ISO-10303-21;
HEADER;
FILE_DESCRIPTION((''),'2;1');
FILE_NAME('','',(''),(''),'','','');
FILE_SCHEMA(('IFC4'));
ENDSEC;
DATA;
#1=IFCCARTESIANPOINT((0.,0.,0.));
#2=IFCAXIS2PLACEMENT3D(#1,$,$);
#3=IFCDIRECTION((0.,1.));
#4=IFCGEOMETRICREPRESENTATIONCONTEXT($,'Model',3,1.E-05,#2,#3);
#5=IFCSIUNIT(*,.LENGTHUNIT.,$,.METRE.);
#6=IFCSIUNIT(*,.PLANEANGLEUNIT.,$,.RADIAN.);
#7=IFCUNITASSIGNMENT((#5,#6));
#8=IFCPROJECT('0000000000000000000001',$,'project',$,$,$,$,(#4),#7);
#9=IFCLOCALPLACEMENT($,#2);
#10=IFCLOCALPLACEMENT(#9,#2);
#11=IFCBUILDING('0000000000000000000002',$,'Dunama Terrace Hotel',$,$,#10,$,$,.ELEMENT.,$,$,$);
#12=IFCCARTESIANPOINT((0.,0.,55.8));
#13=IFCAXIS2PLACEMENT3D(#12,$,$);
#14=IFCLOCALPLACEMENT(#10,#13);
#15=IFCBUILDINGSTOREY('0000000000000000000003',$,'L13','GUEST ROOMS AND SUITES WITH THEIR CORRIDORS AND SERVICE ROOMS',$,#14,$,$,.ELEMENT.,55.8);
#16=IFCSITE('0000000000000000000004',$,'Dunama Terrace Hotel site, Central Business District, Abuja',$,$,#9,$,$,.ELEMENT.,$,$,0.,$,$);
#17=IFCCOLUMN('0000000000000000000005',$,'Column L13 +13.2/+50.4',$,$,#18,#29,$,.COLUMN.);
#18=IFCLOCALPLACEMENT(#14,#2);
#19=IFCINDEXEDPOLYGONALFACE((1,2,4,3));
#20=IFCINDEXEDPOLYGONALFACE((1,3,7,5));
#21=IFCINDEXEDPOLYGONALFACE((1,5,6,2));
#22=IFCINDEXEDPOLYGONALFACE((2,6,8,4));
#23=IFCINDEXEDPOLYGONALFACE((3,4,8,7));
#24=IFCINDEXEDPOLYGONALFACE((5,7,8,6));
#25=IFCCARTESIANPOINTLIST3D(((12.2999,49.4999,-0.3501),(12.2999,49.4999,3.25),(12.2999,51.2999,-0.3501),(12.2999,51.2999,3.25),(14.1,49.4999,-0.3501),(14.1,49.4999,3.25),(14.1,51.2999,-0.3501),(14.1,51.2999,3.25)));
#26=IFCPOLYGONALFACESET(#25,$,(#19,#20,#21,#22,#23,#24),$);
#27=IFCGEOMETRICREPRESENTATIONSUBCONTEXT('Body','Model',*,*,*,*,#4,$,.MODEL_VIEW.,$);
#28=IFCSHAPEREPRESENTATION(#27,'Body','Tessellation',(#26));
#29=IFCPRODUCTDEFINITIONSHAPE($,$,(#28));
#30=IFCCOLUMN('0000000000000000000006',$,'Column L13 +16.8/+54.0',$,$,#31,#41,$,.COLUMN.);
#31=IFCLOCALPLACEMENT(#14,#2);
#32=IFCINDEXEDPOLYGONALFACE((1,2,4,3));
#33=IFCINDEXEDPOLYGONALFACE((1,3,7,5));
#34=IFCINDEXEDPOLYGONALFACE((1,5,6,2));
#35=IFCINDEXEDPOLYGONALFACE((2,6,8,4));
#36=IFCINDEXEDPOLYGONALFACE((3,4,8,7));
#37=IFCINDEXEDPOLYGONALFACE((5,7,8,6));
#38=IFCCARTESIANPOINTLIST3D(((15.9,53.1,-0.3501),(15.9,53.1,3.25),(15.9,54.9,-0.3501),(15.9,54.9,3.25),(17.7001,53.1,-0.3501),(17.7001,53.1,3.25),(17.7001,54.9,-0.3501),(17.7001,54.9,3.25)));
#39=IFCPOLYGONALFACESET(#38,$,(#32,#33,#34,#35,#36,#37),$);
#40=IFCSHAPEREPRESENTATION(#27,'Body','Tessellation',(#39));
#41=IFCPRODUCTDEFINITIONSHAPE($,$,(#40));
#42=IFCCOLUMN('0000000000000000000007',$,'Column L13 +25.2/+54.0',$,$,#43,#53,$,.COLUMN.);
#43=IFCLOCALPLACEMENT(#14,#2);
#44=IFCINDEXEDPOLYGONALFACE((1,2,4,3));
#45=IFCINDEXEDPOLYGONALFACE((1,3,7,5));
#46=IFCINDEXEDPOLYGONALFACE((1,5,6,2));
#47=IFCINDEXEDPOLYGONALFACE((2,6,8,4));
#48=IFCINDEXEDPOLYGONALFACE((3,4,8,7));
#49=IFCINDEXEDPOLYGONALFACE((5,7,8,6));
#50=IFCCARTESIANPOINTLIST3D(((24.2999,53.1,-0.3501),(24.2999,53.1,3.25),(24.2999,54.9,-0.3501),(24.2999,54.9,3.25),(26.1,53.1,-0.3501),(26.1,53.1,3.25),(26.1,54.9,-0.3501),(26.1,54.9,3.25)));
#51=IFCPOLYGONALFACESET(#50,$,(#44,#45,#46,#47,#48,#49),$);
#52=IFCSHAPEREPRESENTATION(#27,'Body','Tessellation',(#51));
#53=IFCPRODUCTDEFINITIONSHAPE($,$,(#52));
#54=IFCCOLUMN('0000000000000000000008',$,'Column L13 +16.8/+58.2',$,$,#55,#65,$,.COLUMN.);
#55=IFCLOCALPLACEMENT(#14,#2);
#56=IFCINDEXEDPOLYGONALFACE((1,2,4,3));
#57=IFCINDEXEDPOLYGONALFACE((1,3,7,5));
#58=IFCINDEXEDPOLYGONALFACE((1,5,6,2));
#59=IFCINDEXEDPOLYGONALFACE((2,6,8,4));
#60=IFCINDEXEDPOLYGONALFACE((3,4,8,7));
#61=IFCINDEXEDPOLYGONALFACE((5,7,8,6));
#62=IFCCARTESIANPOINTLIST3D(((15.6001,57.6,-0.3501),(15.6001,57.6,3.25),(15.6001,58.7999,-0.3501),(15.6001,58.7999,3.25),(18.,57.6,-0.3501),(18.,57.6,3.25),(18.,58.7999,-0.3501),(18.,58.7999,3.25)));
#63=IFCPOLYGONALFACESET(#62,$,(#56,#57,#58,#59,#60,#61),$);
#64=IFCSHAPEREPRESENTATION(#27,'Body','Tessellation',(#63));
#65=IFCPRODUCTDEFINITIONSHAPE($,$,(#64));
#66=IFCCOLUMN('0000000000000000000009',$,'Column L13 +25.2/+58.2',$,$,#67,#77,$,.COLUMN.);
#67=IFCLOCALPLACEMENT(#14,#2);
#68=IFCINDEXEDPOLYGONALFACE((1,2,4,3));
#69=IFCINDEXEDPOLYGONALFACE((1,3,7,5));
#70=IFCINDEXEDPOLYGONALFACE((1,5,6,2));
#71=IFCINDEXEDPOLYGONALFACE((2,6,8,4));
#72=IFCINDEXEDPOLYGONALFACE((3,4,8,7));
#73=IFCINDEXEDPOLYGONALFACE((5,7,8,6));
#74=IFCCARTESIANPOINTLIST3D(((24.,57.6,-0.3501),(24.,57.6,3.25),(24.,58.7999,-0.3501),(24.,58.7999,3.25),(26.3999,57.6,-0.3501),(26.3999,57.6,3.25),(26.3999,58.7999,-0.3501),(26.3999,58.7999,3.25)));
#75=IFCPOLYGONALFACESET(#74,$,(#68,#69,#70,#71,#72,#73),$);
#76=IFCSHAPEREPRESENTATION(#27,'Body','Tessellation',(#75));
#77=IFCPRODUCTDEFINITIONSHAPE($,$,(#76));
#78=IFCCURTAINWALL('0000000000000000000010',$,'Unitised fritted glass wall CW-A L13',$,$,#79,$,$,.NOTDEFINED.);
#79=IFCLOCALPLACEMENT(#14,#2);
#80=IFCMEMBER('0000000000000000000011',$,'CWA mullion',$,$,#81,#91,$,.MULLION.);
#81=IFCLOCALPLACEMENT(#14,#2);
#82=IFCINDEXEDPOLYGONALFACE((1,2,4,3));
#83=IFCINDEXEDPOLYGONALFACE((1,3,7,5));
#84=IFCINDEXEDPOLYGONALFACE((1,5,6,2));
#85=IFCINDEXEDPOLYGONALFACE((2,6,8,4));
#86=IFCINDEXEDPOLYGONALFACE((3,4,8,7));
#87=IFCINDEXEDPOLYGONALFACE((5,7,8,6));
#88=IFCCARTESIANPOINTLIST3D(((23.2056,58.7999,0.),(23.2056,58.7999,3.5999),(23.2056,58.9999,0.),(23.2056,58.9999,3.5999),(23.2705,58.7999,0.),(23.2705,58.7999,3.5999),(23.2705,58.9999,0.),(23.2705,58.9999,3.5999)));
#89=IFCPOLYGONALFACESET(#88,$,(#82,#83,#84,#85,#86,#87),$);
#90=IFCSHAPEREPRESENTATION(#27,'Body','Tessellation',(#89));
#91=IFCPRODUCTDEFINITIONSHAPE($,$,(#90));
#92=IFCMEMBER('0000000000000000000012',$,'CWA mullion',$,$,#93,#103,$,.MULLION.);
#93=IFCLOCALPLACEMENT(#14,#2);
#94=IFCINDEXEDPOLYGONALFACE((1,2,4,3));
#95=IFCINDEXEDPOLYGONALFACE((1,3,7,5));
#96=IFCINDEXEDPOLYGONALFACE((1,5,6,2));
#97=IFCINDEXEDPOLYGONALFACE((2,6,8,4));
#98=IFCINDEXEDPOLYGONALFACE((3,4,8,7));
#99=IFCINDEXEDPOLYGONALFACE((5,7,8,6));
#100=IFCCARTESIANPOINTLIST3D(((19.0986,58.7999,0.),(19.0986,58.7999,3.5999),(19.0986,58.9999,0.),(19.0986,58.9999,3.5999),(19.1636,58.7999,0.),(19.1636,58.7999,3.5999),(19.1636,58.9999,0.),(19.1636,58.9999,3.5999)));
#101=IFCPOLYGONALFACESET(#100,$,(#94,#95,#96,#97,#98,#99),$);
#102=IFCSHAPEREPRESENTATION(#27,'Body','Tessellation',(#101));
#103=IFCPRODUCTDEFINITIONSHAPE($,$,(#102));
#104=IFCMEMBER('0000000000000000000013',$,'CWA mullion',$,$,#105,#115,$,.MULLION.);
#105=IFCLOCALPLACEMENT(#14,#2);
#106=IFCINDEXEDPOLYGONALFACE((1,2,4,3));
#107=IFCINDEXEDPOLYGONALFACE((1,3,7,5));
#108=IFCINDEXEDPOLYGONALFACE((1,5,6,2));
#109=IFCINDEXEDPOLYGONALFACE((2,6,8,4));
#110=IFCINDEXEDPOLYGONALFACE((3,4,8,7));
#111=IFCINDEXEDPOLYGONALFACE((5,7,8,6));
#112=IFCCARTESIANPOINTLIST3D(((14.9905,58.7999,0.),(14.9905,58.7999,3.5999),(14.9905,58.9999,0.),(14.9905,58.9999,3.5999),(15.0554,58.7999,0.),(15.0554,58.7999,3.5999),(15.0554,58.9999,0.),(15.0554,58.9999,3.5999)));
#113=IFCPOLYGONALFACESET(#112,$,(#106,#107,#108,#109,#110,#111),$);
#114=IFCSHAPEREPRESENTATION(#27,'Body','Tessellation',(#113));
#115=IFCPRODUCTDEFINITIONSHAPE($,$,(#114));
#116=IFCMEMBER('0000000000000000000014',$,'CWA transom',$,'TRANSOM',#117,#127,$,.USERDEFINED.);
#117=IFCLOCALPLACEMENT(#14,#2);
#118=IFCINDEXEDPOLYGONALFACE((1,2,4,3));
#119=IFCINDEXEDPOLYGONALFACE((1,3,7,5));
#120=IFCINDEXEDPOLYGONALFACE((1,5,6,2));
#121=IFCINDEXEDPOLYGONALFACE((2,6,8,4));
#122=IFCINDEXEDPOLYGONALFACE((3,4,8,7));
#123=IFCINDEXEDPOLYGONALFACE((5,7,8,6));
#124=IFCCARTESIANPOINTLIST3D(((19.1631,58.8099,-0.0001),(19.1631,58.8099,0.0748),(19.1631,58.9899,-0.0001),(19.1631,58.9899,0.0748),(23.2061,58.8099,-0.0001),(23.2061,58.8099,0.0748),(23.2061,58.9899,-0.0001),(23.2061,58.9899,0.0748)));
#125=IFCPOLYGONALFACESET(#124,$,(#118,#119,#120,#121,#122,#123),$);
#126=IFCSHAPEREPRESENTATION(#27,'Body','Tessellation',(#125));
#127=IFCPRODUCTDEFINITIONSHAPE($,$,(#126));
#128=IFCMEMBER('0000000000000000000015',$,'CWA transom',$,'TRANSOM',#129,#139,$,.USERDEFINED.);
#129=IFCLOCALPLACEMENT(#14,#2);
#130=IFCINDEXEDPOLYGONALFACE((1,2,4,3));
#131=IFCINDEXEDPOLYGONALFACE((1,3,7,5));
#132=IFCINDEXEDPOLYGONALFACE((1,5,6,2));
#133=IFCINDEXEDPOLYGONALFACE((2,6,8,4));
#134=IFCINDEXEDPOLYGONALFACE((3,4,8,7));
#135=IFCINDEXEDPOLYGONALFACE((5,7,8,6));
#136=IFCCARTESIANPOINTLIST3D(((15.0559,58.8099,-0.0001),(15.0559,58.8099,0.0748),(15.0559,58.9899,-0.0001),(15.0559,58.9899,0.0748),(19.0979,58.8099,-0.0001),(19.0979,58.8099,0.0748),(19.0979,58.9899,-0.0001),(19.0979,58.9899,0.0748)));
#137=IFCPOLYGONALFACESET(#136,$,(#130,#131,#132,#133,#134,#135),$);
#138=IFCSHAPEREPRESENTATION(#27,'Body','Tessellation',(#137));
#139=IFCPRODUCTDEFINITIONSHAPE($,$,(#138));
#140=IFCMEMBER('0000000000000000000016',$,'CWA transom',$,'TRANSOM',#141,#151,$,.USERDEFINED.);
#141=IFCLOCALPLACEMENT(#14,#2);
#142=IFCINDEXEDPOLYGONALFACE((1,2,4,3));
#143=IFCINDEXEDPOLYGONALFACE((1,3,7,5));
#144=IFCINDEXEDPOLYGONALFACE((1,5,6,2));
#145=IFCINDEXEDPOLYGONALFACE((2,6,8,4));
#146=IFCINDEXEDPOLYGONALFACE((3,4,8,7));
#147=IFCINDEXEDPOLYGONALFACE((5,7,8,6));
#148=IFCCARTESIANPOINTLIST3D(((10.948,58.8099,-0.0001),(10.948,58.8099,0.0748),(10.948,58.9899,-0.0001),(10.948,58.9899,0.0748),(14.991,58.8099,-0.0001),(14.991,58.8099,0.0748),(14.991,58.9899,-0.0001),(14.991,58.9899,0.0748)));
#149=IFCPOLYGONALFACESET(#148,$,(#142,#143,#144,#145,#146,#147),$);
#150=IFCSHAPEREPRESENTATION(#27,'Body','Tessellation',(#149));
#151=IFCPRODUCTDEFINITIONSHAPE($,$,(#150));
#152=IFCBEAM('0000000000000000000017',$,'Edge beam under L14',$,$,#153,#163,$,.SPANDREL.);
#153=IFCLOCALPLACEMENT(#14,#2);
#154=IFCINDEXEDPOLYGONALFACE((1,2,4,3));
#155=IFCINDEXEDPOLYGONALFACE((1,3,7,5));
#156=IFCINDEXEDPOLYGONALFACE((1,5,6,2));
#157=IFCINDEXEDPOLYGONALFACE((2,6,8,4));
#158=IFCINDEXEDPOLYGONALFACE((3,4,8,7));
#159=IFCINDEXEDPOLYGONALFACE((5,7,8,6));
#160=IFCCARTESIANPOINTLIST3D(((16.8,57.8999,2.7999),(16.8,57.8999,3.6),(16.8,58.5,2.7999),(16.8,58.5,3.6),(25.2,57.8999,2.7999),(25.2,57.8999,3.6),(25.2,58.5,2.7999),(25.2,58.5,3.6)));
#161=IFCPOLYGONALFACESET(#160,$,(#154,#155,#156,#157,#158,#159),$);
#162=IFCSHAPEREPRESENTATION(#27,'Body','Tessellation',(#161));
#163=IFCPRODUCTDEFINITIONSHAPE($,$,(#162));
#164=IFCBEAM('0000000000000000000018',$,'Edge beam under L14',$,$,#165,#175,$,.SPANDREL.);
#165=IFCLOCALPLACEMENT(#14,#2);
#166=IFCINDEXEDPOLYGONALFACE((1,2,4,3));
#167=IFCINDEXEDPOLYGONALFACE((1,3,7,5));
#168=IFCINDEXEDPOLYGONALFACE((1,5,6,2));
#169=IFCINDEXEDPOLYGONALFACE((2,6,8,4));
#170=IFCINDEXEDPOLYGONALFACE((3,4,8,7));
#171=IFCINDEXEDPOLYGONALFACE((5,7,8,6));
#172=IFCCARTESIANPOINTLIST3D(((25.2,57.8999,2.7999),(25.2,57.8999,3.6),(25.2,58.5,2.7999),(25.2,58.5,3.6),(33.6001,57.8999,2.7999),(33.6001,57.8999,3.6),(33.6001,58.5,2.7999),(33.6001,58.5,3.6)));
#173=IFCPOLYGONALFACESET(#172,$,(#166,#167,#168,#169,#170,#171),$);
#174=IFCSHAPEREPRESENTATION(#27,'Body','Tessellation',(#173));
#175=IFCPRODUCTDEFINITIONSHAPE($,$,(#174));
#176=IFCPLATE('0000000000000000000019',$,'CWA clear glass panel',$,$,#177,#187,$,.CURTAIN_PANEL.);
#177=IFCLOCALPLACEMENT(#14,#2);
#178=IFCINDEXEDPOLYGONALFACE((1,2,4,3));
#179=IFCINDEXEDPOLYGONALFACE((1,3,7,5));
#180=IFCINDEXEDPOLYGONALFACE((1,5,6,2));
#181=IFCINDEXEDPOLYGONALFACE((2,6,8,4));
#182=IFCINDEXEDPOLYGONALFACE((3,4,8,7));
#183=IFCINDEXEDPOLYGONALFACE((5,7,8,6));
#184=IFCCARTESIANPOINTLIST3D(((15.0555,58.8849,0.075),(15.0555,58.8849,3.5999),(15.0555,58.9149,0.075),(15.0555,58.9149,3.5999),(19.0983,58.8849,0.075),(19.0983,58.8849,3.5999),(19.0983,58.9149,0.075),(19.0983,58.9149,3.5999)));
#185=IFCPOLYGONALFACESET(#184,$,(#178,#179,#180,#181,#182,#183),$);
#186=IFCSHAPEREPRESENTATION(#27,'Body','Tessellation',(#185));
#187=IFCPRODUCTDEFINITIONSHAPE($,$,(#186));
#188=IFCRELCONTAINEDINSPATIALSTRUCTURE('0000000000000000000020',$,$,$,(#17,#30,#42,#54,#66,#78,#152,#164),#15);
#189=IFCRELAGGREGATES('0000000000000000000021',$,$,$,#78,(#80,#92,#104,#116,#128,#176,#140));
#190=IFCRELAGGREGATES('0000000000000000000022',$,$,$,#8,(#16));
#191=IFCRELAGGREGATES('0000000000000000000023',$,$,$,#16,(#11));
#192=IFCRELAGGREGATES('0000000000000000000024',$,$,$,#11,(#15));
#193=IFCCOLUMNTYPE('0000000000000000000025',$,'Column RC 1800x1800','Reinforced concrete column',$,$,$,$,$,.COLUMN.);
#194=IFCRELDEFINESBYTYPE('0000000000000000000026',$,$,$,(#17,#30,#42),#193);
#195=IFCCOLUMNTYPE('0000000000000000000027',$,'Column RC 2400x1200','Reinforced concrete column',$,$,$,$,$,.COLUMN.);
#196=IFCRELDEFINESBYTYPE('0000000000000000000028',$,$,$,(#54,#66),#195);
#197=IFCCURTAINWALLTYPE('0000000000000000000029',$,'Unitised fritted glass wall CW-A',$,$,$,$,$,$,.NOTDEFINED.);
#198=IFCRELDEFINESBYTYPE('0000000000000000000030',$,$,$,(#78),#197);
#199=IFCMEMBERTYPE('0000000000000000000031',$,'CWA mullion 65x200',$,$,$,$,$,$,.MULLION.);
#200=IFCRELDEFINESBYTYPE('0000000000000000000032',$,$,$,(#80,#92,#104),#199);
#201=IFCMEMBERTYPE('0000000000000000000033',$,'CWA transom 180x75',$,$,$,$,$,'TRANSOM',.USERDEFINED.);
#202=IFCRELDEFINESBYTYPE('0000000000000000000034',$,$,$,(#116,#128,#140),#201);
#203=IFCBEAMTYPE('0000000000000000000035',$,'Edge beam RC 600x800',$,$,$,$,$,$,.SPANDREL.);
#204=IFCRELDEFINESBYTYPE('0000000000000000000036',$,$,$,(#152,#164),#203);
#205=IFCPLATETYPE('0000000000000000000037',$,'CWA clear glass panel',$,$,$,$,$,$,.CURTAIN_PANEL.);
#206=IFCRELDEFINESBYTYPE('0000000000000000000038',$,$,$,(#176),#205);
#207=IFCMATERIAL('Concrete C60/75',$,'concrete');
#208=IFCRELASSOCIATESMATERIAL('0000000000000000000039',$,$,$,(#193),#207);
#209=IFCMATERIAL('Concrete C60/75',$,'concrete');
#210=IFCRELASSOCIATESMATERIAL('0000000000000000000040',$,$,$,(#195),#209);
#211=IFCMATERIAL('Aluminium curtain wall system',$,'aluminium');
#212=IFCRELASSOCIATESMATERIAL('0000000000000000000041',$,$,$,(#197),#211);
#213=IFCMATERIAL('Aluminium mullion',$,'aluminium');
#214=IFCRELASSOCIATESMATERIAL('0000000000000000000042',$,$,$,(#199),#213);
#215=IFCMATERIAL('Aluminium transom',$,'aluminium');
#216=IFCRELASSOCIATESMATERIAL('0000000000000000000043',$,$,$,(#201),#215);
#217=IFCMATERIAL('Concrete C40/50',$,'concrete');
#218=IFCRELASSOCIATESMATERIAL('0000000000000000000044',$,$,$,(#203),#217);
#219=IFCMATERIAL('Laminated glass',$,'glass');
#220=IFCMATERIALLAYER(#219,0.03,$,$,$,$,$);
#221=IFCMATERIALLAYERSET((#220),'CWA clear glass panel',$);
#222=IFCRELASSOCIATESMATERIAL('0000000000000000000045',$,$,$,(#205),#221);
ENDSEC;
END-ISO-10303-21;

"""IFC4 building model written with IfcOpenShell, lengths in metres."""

from ifc_helpers import new_model, si_unit, direction, frame, origin, origin_2d, place, context, subcontext, project, spatial, rectangle, extrude, material, layer, layer_set, material_profile, profile_set, type_object, element, aggregate, save


model = new_model("IFC4")

# Units and contexts
model_context = context("Model", 3, precision=1e-05, world=origin(), true_north=direction((0.0, 1.0)))
body_context = subcontext(model_context, "Body", "Model", "MODEL_VIEW")
ifc_project = project(units=[si_unit("LENGTHUNIT", "METRE"), si_unit("PLANEANGLEUNIT", "RADIAN")], contexts=[model_context])

# Site, building, storey
site_placement = place(None, origin())
site = spatial("IfcSite", under=ifc_project, at=site_placement, Name="Dunama Terrace Hotel site, Central Business District, Abuja", CompositionType="ELEMENT", RefElevation=0.0)
building_placement = place(site_placement, origin())
building = spatial("IfcBuilding", under=site, at=building_placement, Name="Dunama Terrace Hotel", CompositionType="ELEMENT")
storey_placement = place(building_placement, frame((0.0, 0.0, 55.8)))
storey = spatial("IfcBuildingStorey", under=building, at=storey_placement, Name="L13", Description="GUEST ROOMS AND SUITES WITH THEIR CORRIDORS AND SERVICE ROOMS", CompositionType="ELEMENT", Elevation=55.8)

# Columns
ifc_material_1 = material(Name="Concrete C60/75", Category="concrete")
ifc_material_profile_1 = material_profile(ifc_material_1, rectangle(XDim=1.8, YDim=1.8, at=origin_2d()), Name="RC 1800x1800")
ifc_profile_set_1 = profile_set([ifc_material_profile_1], Name="Concrete C60/75")
column_type_1 = type_object("IfcColumnType", Name="Column RC 1800x1800", Description="Reinforced concrete column", PredefinedType="COLUMN", material=ifc_profile_set_1)
for number, where, z_axis, x_axis, name in (
    (1, (13.2, 50.3999, -0.3501), (0.0, 0.0, 1.0), (1.0, 0.0, 0.0), "Column L13 +13.2/+50.4"),
    (2, (16.8, 54.0, -0.3501), (0.0, 0.0, 1.0), (1.0, 0.0, 0.0), "Column L13 +16.8/+54.0"),
    (3, (25.2, 54.0, -0.3501), (0.0, 0.0, 1.0), (1.0, 0.0, 0.0), "Column L13 +25.2/+54.0"),
):
    element("IfcColumn", number, at=place(storey_placement, frame(where, z_axis=z_axis, x_axis=x_axis)), inside=storey, type_object=column_type_1, Name=name, PredefinedType="COLUMN", context=body_context, shape_type="SweptSolid", body=[
        extrude(rectangle(XDim=1.8, YDim=1.8, at=origin_2d()), origin(), (0.0, 0.0, 1.0), 3.6001),
    ])
ifc_material_2 = material(Name="Concrete C60/75", Category="concrete")
ifc_material_profile_2 = material_profile(ifc_material_2, rectangle(XDim=2.3999, YDim=1.2, at=origin_2d()), Name="RC 2400x1200")
ifc_profile_set_2 = profile_set([ifc_material_profile_2], Name="Concrete C60/75")
column_type_2 = type_object("IfcColumnType", Name="Column RC 2400x1200", Description="Reinforced concrete column", PredefinedType="COLUMN", material=ifc_profile_set_2)
for number, where, z_axis, x_axis, name in (
    (4, (16.8, 58.2, -0.3501), (0.0, 0.0, 1.0), (1.0, 0.0, 0.0), "Column L13 +16.8/+58.2"),
    (5, (25.2, 58.2, -0.3501), (0.0, 0.0, 1.0), (1.0, 0.0, 0.0), "Column L13 +25.2/+58.2"),
):
    element("IfcColumn", number, at=place(storey_placement, frame(where, z_axis=z_axis, x_axis=x_axis)), inside=storey, type_object=column_type_2, Name=name, PredefinedType="COLUMN", context=body_context, shape_type="SweptSolid", body=[
        extrude(rectangle(XDim=2.3999, YDim=1.2, at=origin_2d()), origin(), (0.0, 0.0, 1.0), 3.6001),
    ])

# Curtain wall, members
ifc_material_3 = material(Name="Aluminium curtain wall system", Category="aluminium")
curtain_wall_type = type_object("IfcCurtainWallType", Name="Unitised fritted glass wall CW-A", PredefinedType="NOTDEFINED", material=ifc_material_3)
curtain_wall_placement = place(storey_placement, origin())
curtain_wall = element("IfcCurtainWall", 6, at=curtain_wall_placement, inside=storey, type_object=curtain_wall_type, Name="Unitised fritted glass wall CW-A L13", PredefinedType="NOTDEFINED")
ifc_material_4 = material(Name="Aluminium mullion", Category="aluminium")
ifc_material_profile_3 = material_profile(ifc_material_4, rectangle(XDim=0.0649, YDim=0.2, at=origin_2d()), Name="CWA MULLION 65X200")
ifc_profile_set_3 = profile_set([ifc_material_profile_3], Name="Aluminium mullion")
member_type_1 = type_object("IfcMemberType", Name="CWA mullion 65x200", PredefinedType="MULLION", material=ifc_profile_set_3)
member_1_placement = place(storey_placement, frame((23.238, 58.8999, 0.0), z_axis=(0.0, 0.0, 1.0), x_axis=(-1.0, 0.0, 0.0)))
member_1 = element("IfcMember", 7, at=member_1_placement, type_object=member_type_1, Name="CWA mullion", PredefinedType="MULLION", context=body_context, shape_type="SweptSolid", body=[
    extrude(rectangle(XDim=0.0649, YDim=0.2, at=origin_2d()), origin(), (0.0, 0.0, 1.0), 3.5999),
])
member_2_placement = place(storey_placement, frame((19.1311, 58.8999, 0.0), z_axis=(0.0, 0.0, 1.0), x_axis=(-1.0, 0.0, 0.0)))
member_2 = element("IfcMember", 8, at=member_2_placement, type_object=member_type_1, Name="CWA mullion", PredefinedType="MULLION", context=body_context, shape_type="SweptSolid", body=[
    extrude(rectangle(XDim=0.0649, YDim=0.2, at=origin_2d()), origin(), (0.0, 0.0, 1.0), 3.5999),
])
member_3_placement = place(storey_placement, frame((15.0229, 58.8999, 0.0), z_axis=(0.0, 0.0, 1.0), x_axis=(-1.0, 0.0, 0.0)))
member_3 = element("IfcMember", 9, at=member_3_placement, type_object=member_type_1, Name="CWA mullion", PredefinedType="MULLION", context=body_context, shape_type="SweptSolid", body=[
    extrude(rectangle(XDim=0.0649, YDim=0.2, at=origin_2d()), origin(), (0.0, 0.0, 1.0), 3.5999),
])
ifc_material_5 = material(Name="Aluminium transom", Category="aluminium")
ifc_material_profile_4 = material_profile(ifc_material_5, rectangle(XDim=0.1799, YDim=0.075, at=origin_2d()), Name="CWA TRANSOM 180X75")
ifc_profile_set_4 = profile_set([ifc_material_profile_4], Name="Aluminium transom")
member_type_2 = type_object("IfcMemberType", Name="CWA transom 180x75", ElementType="TRANSOM", PredefinedType="USERDEFINED", material=ifc_profile_set_4)
member_4_placement = place(storey_placement, frame((23.2061, 58.8999, 0.0374), z_axis=(-1.0, 0.0, 0.0), x_axis=(0.0, -1.0, 0.0)))
member_4 = element("IfcMember", 10, at=member_4_placement, type_object=member_type_2, Name="CWA transom", ObjectType="TRANSOM", PredefinedType="USERDEFINED", context=body_context, shape_type="SweptSolid", body=[
    extrude(rectangle(XDim=0.1799, YDim=0.075, at=origin_2d()), origin(), (0.0, 0.0, 1.0), 4.043),
])
member_5_placement = place(storey_placement, frame((19.0979, 58.8999, 0.0374), z_axis=(-1.0, 0.0, 0.0), x_axis=(0.0, -1.0, 0.0)))
member_5 = element("IfcMember", 11, at=member_5_placement, type_object=member_type_2, Name="CWA transom", ObjectType="TRANSOM", PredefinedType="USERDEFINED", context=body_context, shape_type="SweptSolid", body=[
    extrude(rectangle(XDim=0.1799, YDim=0.075, at=origin_2d()), origin(), (0.0, 0.0, 1.0), 4.042),
])
member_6_placement = place(storey_placement, frame((14.991, 58.8999, 0.0374), z_axis=(-1.0, 0.0, 0.0), x_axis=(0.0, -1.0, 0.0)))
member_6 = element("IfcMember", 12, at=member_6_placement, type_object=member_type_2, Name="CWA transom", ObjectType="TRANSOM", PredefinedType="USERDEFINED", context=body_context, shape_type="SweptSolid", body=[
    extrude(rectangle(XDim=0.1799, YDim=0.075, at=origin_2d()), origin(), (0.0, 0.0, 1.0), 4.043),
])

# Beams
ifc_material_6 = material(Name="Concrete C40/50", Category="concrete")
ifc_material_profile_5 = material_profile(ifc_material_6, rectangle(XDim=0.6001, YDim=0.8, at=origin_2d()), Name="RC 600x800")
ifc_profile_set_5 = profile_set([ifc_material_profile_5], Name="Concrete C40/50")
beam_type = type_object("IfcBeamType", Name="Edge beam RC 600x800", PredefinedType="SPANDREL", material=ifc_profile_set_5)
beam_1_placement = place(storey_placement, frame((16.8, 58.2, 3.2), z_axis=(1.0, 0.0, 0.0), x_axis=(0.0, 1.0, 0.0)))
element("IfcBeam", 13, at=beam_1_placement, inside=storey, type_object=beam_type, Name="Edge beam under L14", PredefinedType="SPANDREL", context=body_context, shape_type="SweptSolid", body=[
    extrude(rectangle(XDim=0.6001, YDim=0.8, at=origin_2d()), origin(), (0.0, 0.0, 1.0), 8.3999),
])
beam_2_placement = place(storey_placement, frame((25.2, 58.2, 3.2), z_axis=(1.0, 0.0, 0.0), x_axis=(0.0, 1.0, 0.0)))
element("IfcBeam", 14, at=beam_2_placement, inside=storey, type_object=beam_type, Name="Edge beam under L14", PredefinedType="SPANDREL", context=body_context, shape_type="SweptSolid", body=[
    extrude(rectangle(XDim=0.6001, YDim=0.8, at=origin_2d()), origin(), (0.0, 0.0, 1.0), 8.4001),
])

# Plate
ifc_material_7 = material(Name="Laminated glass", Category="glass")
ifc_layer_1 = layer(ifc_material_7, 0.03)
ifc_layer_set_1 = layer_set([ifc_layer_1], Name="CWA clear glass panel")
plate_type_1 = type_object("IfcPlateType", Name="CWA clear glass panel", PredefinedType="CURTAIN_PANEL", material=ifc_layer_set_1)
plate_1_placement = place(storey_placement, frame((17.0769, 58.8999, 0.075), z_axis=(0.0, 0.0, 1.0), x_axis=(-1.0, 0.0, 0.0)))
plate_1 = element("IfcPlate", 15, at=plate_1_placement, type_object=plate_type_1, Name="CWA clear glass panel", PredefinedType="CURTAIN_PANEL", context=body_context, shape_type="SweptSolid", body=[
    extrude(rectangle(XDim=4.0427, YDim=0.03, at=origin_2d()), origin(), (0.0, 0.0, 1.0), 3.5249),
])
aggregate(curtain_wall, [member_1, member_2, member_3, member_4, member_5, plate_1, member_6])

save(model, "model.ifc")
